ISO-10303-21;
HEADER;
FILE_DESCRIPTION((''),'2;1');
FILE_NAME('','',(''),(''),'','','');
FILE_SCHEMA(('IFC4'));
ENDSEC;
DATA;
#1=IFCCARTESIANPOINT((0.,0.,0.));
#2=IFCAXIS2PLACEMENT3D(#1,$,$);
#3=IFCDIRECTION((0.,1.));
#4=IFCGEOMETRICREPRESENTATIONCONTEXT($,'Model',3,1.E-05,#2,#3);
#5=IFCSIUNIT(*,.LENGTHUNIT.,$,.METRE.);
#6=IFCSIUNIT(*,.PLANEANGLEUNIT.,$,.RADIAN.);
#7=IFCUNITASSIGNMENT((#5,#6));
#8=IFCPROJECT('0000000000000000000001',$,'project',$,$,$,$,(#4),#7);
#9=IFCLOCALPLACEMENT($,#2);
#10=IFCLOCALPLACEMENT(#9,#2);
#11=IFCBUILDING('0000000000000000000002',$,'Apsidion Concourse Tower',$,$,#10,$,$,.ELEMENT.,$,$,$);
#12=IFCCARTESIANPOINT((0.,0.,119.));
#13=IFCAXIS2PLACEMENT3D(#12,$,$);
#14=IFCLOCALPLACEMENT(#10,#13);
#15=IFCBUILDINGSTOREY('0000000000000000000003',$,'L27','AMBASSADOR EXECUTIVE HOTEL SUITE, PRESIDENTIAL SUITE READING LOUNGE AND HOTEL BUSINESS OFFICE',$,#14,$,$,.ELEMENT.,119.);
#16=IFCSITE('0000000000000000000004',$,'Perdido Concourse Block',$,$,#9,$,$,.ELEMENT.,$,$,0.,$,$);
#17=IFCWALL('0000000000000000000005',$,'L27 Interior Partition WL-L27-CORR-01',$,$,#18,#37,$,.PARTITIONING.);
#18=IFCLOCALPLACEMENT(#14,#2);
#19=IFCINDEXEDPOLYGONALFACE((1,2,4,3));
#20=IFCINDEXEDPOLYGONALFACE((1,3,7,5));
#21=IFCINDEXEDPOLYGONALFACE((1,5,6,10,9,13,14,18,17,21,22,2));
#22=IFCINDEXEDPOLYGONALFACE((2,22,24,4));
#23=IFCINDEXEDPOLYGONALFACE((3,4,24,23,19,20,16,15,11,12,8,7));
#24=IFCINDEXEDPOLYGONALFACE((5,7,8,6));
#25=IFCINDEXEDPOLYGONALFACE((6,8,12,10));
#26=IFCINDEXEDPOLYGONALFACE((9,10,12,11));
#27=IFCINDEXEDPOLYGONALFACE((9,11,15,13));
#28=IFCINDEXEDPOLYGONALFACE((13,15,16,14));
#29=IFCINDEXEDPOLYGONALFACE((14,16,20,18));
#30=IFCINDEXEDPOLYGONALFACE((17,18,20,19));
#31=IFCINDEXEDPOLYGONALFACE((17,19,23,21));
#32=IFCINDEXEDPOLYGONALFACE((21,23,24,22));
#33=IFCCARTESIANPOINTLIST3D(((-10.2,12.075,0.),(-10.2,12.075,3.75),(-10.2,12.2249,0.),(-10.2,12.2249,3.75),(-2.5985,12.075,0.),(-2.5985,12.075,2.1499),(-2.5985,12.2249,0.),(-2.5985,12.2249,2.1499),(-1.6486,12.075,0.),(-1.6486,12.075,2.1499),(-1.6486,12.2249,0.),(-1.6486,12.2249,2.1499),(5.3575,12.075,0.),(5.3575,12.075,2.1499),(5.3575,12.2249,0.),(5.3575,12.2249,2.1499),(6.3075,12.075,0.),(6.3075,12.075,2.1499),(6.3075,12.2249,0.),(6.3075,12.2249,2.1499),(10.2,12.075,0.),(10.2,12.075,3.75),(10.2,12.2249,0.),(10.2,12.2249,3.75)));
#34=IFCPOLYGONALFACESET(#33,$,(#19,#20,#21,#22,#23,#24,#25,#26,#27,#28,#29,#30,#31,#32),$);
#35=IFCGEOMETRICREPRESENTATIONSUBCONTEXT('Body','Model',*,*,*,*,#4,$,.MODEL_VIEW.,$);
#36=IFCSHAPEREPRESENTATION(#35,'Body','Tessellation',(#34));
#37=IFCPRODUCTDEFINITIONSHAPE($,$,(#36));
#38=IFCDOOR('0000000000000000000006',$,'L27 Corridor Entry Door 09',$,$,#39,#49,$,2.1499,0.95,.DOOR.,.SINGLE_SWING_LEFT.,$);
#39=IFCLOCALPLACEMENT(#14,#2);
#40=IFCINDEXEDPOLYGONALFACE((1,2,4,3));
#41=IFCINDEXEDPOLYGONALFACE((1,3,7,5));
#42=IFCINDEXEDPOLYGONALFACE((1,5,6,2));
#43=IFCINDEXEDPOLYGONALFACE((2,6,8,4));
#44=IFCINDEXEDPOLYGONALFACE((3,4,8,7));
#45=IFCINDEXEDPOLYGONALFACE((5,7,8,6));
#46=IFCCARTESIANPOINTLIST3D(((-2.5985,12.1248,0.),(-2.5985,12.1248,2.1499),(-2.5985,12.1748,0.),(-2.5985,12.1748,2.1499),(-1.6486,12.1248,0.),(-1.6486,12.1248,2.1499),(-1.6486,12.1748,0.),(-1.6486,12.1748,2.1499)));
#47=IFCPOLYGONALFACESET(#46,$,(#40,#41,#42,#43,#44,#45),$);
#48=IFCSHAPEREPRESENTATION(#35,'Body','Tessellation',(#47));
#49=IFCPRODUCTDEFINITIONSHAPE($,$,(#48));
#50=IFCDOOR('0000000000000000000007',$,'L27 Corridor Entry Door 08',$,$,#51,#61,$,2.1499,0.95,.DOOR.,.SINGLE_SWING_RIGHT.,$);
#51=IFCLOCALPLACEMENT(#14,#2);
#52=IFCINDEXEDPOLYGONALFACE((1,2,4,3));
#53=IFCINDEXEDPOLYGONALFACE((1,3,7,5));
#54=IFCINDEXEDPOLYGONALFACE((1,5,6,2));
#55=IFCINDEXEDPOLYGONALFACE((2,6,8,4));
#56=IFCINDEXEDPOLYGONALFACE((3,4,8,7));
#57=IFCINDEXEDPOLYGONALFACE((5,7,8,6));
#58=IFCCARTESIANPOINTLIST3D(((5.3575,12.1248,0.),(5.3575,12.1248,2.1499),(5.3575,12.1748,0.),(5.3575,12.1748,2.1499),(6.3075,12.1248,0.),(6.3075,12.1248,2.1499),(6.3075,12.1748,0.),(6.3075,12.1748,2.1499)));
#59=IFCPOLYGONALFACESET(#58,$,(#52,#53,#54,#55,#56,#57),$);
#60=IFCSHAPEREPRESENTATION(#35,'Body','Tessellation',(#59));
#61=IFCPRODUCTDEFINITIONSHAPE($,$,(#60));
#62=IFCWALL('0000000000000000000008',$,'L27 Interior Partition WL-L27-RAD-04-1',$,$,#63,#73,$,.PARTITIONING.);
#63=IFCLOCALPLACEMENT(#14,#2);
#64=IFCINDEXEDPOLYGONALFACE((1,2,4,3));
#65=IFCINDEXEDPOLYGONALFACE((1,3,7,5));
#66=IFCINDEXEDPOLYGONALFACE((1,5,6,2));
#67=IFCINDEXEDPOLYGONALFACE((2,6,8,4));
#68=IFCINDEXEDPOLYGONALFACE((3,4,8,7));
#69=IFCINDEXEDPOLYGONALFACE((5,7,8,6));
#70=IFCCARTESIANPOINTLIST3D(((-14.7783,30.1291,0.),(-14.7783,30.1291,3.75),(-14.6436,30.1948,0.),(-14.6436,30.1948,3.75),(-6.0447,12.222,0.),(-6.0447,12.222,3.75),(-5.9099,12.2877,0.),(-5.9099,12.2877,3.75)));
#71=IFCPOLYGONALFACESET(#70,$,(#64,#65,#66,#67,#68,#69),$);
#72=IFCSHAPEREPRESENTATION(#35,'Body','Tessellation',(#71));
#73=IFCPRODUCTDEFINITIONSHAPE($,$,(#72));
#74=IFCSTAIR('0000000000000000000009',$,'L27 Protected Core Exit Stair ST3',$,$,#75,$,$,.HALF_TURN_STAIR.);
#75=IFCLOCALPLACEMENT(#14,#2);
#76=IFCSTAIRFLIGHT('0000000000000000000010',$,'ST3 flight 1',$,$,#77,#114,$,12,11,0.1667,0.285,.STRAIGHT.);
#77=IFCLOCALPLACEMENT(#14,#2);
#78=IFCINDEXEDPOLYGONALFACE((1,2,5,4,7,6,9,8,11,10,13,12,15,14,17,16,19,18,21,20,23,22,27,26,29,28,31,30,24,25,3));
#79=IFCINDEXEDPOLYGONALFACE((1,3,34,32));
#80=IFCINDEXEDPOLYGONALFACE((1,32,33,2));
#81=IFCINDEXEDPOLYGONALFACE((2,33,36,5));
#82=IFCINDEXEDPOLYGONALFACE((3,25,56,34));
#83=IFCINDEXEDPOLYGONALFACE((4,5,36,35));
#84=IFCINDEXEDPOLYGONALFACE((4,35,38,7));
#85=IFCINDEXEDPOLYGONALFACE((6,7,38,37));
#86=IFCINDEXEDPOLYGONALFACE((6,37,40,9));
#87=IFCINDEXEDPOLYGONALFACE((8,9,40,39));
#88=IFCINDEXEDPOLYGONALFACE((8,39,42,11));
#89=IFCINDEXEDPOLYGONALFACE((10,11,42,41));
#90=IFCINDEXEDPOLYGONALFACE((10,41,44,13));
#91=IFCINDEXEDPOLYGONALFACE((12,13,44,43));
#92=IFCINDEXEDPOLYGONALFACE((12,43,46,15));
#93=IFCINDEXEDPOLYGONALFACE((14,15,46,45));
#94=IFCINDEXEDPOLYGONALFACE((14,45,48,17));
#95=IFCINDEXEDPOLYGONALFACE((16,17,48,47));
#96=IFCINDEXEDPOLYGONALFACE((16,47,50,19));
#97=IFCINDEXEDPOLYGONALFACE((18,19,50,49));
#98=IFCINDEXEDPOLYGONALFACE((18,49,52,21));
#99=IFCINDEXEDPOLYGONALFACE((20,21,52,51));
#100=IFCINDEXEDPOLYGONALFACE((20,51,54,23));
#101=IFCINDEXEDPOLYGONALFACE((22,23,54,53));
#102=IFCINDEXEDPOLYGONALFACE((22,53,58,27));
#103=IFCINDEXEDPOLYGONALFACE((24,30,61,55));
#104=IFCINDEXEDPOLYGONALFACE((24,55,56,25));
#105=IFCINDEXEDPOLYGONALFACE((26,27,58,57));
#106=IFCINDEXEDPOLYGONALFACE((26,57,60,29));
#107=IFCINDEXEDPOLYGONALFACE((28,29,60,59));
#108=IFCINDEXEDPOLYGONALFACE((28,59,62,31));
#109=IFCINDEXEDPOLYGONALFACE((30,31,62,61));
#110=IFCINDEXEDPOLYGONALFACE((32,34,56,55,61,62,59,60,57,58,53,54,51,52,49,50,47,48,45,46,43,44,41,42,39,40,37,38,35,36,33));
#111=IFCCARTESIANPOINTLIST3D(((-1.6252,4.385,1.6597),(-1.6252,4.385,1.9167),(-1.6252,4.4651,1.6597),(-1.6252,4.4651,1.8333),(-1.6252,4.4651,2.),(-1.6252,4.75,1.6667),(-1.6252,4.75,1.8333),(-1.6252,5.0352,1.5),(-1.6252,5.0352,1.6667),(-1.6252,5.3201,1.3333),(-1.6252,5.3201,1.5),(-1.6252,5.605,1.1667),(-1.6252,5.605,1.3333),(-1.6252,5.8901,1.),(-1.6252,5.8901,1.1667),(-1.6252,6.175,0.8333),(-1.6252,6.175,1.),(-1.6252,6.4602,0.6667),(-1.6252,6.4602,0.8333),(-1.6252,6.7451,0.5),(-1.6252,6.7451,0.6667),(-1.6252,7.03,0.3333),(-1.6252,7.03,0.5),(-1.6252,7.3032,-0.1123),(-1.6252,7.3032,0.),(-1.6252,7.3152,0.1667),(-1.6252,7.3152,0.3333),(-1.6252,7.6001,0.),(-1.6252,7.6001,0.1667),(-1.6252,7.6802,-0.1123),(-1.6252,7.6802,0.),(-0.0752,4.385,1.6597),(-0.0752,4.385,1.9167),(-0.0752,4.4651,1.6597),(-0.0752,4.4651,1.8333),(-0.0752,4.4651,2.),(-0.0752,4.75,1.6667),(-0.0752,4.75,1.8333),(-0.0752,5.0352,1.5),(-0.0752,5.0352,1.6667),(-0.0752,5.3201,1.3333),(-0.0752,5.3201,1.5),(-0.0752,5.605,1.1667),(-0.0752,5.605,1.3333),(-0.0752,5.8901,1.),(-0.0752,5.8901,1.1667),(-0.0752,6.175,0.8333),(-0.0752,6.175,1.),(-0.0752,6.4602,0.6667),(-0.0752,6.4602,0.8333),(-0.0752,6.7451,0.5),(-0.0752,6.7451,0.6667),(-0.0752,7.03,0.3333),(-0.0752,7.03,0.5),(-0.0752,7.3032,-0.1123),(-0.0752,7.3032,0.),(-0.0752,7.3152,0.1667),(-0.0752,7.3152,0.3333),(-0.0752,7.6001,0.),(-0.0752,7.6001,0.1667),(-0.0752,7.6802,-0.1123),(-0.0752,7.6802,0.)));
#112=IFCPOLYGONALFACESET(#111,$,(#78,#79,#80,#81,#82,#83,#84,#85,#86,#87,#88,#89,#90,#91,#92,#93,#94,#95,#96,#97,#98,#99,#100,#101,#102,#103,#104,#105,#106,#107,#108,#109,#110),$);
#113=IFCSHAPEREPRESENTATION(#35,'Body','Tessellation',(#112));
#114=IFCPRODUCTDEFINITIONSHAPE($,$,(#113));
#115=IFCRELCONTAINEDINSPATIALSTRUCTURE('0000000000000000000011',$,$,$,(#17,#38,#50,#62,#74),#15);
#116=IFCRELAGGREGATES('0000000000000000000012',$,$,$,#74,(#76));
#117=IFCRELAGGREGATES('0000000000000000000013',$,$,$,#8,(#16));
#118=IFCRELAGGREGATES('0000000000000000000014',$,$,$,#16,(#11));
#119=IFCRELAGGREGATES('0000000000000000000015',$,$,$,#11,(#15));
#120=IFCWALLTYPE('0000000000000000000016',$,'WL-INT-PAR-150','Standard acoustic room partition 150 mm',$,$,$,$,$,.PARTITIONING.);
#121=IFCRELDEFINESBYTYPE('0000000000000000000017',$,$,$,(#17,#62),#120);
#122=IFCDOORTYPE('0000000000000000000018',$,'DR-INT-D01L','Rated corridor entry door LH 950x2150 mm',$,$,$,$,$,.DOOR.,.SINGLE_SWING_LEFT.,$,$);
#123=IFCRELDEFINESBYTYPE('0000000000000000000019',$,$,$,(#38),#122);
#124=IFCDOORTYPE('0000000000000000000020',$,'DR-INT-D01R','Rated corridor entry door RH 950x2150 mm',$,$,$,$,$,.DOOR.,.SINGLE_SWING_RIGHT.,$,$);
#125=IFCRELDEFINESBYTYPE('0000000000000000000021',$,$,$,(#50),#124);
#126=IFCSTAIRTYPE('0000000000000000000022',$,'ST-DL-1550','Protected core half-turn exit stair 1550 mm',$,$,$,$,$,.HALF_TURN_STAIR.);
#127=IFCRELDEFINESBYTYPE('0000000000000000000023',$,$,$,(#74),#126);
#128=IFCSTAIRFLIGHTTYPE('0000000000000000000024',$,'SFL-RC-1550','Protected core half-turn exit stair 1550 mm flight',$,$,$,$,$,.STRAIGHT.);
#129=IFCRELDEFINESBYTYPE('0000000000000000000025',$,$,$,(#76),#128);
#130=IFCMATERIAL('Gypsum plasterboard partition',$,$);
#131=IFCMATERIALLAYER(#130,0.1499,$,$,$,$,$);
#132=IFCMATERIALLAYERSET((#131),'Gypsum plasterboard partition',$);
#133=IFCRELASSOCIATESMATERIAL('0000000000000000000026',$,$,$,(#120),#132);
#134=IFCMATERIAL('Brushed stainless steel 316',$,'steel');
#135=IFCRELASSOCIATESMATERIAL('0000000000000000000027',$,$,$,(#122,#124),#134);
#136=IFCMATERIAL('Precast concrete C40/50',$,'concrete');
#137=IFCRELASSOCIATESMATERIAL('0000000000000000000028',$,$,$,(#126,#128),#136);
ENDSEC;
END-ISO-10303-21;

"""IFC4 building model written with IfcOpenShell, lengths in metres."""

from ifc_helpers import new_model, si_unit, direction, frame, frame_2d, origin, place, context, subcontext, project, spatial, polyline, rectangle, outline, extrude, material, layer, layer_set, type_object, element, fill, aggregate, save


model = new_model("IFC4")

# Units and contexts
model_context = context("Model", 3, precision=1e-05, world=origin(), true_north=direction((0.0, 1.0)))
body_context = subcontext(model_context, "Body", "Model", "MODEL_VIEW")
ifc_project = project(units=[si_unit("LENGTHUNIT", "METRE"), si_unit("PLANEANGLEUNIT", "RADIAN")], contexts=[model_context])

# Site, building, storey
site_placement = place(None, origin())
site = spatial("IfcSite", under=ifc_project, at=site_placement, Name="Perdido Concourse Block", CompositionType="ELEMENT", RefElevation=0.0)
building_placement = place(site_placement, origin())
building = spatial("IfcBuilding", under=site, at=building_placement, Name="Apsidion Concourse Tower", CompositionType="ELEMENT")
storey_placement = place(building_placement, frame((0.0, 0.0, 119.0)))
storey = spatial("IfcBuildingStorey", under=building, at=storey_placement, Name="L27", Description="AMBASSADOR EXECUTIVE HOTEL SUITE, PRESIDENTIAL SUITE READING LOUNGE AND HOTEL BUSINESS OFFICE", CompositionType="ELEMENT", Elevation=119.0)

# Shared definitions
ifc_material_1 = material(Name="Precast concrete C40/50", Category="concrete")
ifc_material_2 = material(Name="Gypsum plasterboard partition")

# Wall, openings, doors
ifc_layer_1 = layer(ifc_material_2, 0.1499)
ifc_layer_set_1 = layer_set([ifc_layer_1], Name="Gypsum plasterboard partition")
wall_type_1 = type_object("IfcWallType", Name="WL-INT-PAR-150", Description="Standard acoustic room partition 150 mm", PredefinedType="PARTITIONING", material=ifc_layer_set_1)
wall_1_placement = place(storey_placement, frame((-10.2, 12.1499, 0.0), z_axis=(0.0, 0.0, 1.0), x_axis=(1.0, 0.0, 0.0)))
wall_1 = element("IfcWall", 1, at=wall_1_placement, inside=storey, type_object=wall_type_1, Name="L27 Interior Partition WL-L27-CORR-01", PredefinedType="PARTITIONING", context=body_context, shape_type="SweptSolid", body=[
    extrude(rectangle(XDim=20.3999, YDim=0.1499, at=frame_2d((10.2, 0.0))), origin(), (0.0, 0.0, 1.0), 3.75),
])
opening_1_placement = place(wall_1_placement, frame((15.5574, 0.0, 0.0)))
opening_1 = element("IfcOpeningElement", 2, at=opening_1_placement, cuts=wall_1, PredefinedType="OPENING", context=body_context, shape_type="SweptSolid", body=[
    extrude(rectangle(XDim=0.95, YDim=2.1499, at=frame_2d((0.4751, 1.075))), frame((0.0, 0.085, 0.0), z_axis=(0.0, -1.0, 0.0), x_axis=(1.0, 0.0, 0.0)), (0.0, 0.0, 1.0), 0.1699),
])
opening_2_placement = place(wall_1_placement, frame((7.6013, 0.0, 0.0)))
opening_2 = element("IfcOpeningElement", 3, at=opening_2_placement, cuts=wall_1, PredefinedType="OPENING", context=body_context, shape_type="SweptSolid", body=[
    extrude(rectangle(XDim=0.95, YDim=2.1499, at=frame_2d((0.4751, 1.075))), frame((0.0, 0.085, 0.0), z_axis=(0.0, -1.0, 0.0), x_axis=(1.0, 0.0, 0.0)), (0.0, 0.0, 1.0), 0.1699),
])
ifc_material_3 = material(Name="Brushed stainless steel 316", Category="steel")
door_type_1 = type_object("IfcDoorType", Name="DR-INT-D01L", Description="Rated corridor entry door LH 950x2150 mm", OperationType="SINGLE_SWING_LEFT", PredefinedType="DOOR", material=ifc_material_3)
door_1_placement = place(opening_2_placement, origin())
door_1 = element("IfcDoor", 4, at=door_1_placement, inside=storey, type_object=door_type_1, Name="L27 Corridor Entry Door 09", OperationType="SINGLE_SWING_LEFT", OverallHeight=2.1499, OverallWidth=0.95, PredefinedType="DOOR", context=body_context, shape_type="SweptSolid", body=[
    extrude(rectangle(XDim=0.95, YDim=2.1499, at=frame_2d((0.4751, 1.075))), frame((0.0, 0.0249, 0.0), z_axis=(0.0, -1.0, 0.0), x_axis=(1.0, 0.0, 0.0)), (0.0, 0.0, 1.0), 0.05),
])
fill(opening_2, door_1)
door_type_2 = type_object("IfcDoorType", Name="DR-INT-D01R", Description="Rated corridor entry door RH 950x2150 mm", OperationType="SINGLE_SWING_RIGHT", PredefinedType="DOOR", material=ifc_material_3)
door_2_placement = place(opening_1_placement, origin())
door_2 = element("IfcDoor", 5, at=door_2_placement, inside=storey, type_object=door_type_2, Name="L27 Corridor Entry Door 08", OperationType="SINGLE_SWING_RIGHT", OverallHeight=2.1499, OverallWidth=0.95, PredefinedType="DOOR", context=body_context, shape_type="SweptSolid", body=[
    extrude(rectangle(XDim=0.95, YDim=2.1499, at=frame_2d((0.4751, 1.075))), frame((0.0, 0.0249, 0.0), z_axis=(0.0, -1.0, 0.0), x_axis=(1.0, 0.0, 0.0)), (0.0, 0.0, 1.0), 0.05),
])
fill(opening_1, door_2)

# Wall
wall_2_placement = place(storey_placement, frame((-5.9773, 12.2549, 0.0), z_axis=(0.0, 0.0, 1.0), x_axis=(-0.438364, 0.898798, 0.0)))
element("IfcWall", 6, at=wall_2_placement, inside=storey, type_object=wall_type_1, Name="L27 Interior Partition WL-L27-RAD-04-1", PredefinedType="PARTITIONING", context=body_context, shape_type="SweptSolid", body=[
    extrude(rectangle(XDim=19.9233, YDim=0.1499, at=frame_2d((9.9617, 0.0))), origin(), (0.0, 0.0, 1.0), 3.75),
])

# Stair, stair flight
stair_type = type_object("IfcStairType", Name="ST-DL-1550", Description="Protected core half-turn exit stair 1550 mm", PredefinedType="HALF_TURN_STAIR", material=ifc_material_1)
stair_placement = place(storey_placement, origin())
stair = element("IfcStair", 7, at=stair_placement, inside=storey, type_object=stair_type, Name="L27 Protected Core Exit Stair ST3", PredefinedType="HALF_TURN_STAIR")
stair_flight_type = type_object("IfcStairFlightType", Name="SFL-RC-1550", Description="Protected core half-turn exit stair 1550 mm flight", PredefinedType="STRAIGHT", material=ifc_material_1)
stair_flight_placement = place(storey_placement, frame((-0.8501, 7.6001, 0.0), z_axis=(0.0, 0.0, 1.0), x_axis=(0.0, -1.0, 0.0)))
stair_flight = element("IfcStairFlight", 8, at=stair_flight_placement, type_object=stair_flight_type, Name="ST3 flight 1", NumberOfRisers=12, NumberOfTreads=11, PredefinedType="STRAIGHT", RiserHeight=0.1667, TreadLength=0.285, context=body_context, shape_type="SweptSolid", body=[
    extrude(outline(polyline([(-0.0801, -0.1123), (-0.0801, 0.0), (0.0, 0.0), (0.0, 0.1667), (0.2849, 0.1667), (0.2849, 0.3333), (0.5701, 0.3333), (0.5701, 0.5), (0.855, 0.5), (0.855, 0.6667), (1.1399, 0.6667), (1.1399, 0.8333), (1.425, 0.8333), (1.425, 1.0), (1.71, 1.0), (1.71, 1.1667), (1.9951, 1.1667), (1.9951, 1.3333), (2.28, 1.3333), (2.28, 1.5), (2.5649, 1.5), (2.5649, 1.6667), (2.8501, 1.6667), (2.8501, 1.8333), (3.135, 1.8333), (3.135, 2.0), (3.2151, 1.9167), (3.2151, 1.6597), (3.135, 1.6597), (0.2969, 0.0), (0.2969, -0.1123), (-0.0801, -0.1123)])), frame((0.0, 0.7749, 0.0), z_axis=(0.0, -1.0, 0.0), x_axis=(1.0, 0.0, 0.0)), (0.0, 0.0, 1.0), 1.55),
])
aggregate(stair, [stair_flight])

save(model, "model.ifc")
